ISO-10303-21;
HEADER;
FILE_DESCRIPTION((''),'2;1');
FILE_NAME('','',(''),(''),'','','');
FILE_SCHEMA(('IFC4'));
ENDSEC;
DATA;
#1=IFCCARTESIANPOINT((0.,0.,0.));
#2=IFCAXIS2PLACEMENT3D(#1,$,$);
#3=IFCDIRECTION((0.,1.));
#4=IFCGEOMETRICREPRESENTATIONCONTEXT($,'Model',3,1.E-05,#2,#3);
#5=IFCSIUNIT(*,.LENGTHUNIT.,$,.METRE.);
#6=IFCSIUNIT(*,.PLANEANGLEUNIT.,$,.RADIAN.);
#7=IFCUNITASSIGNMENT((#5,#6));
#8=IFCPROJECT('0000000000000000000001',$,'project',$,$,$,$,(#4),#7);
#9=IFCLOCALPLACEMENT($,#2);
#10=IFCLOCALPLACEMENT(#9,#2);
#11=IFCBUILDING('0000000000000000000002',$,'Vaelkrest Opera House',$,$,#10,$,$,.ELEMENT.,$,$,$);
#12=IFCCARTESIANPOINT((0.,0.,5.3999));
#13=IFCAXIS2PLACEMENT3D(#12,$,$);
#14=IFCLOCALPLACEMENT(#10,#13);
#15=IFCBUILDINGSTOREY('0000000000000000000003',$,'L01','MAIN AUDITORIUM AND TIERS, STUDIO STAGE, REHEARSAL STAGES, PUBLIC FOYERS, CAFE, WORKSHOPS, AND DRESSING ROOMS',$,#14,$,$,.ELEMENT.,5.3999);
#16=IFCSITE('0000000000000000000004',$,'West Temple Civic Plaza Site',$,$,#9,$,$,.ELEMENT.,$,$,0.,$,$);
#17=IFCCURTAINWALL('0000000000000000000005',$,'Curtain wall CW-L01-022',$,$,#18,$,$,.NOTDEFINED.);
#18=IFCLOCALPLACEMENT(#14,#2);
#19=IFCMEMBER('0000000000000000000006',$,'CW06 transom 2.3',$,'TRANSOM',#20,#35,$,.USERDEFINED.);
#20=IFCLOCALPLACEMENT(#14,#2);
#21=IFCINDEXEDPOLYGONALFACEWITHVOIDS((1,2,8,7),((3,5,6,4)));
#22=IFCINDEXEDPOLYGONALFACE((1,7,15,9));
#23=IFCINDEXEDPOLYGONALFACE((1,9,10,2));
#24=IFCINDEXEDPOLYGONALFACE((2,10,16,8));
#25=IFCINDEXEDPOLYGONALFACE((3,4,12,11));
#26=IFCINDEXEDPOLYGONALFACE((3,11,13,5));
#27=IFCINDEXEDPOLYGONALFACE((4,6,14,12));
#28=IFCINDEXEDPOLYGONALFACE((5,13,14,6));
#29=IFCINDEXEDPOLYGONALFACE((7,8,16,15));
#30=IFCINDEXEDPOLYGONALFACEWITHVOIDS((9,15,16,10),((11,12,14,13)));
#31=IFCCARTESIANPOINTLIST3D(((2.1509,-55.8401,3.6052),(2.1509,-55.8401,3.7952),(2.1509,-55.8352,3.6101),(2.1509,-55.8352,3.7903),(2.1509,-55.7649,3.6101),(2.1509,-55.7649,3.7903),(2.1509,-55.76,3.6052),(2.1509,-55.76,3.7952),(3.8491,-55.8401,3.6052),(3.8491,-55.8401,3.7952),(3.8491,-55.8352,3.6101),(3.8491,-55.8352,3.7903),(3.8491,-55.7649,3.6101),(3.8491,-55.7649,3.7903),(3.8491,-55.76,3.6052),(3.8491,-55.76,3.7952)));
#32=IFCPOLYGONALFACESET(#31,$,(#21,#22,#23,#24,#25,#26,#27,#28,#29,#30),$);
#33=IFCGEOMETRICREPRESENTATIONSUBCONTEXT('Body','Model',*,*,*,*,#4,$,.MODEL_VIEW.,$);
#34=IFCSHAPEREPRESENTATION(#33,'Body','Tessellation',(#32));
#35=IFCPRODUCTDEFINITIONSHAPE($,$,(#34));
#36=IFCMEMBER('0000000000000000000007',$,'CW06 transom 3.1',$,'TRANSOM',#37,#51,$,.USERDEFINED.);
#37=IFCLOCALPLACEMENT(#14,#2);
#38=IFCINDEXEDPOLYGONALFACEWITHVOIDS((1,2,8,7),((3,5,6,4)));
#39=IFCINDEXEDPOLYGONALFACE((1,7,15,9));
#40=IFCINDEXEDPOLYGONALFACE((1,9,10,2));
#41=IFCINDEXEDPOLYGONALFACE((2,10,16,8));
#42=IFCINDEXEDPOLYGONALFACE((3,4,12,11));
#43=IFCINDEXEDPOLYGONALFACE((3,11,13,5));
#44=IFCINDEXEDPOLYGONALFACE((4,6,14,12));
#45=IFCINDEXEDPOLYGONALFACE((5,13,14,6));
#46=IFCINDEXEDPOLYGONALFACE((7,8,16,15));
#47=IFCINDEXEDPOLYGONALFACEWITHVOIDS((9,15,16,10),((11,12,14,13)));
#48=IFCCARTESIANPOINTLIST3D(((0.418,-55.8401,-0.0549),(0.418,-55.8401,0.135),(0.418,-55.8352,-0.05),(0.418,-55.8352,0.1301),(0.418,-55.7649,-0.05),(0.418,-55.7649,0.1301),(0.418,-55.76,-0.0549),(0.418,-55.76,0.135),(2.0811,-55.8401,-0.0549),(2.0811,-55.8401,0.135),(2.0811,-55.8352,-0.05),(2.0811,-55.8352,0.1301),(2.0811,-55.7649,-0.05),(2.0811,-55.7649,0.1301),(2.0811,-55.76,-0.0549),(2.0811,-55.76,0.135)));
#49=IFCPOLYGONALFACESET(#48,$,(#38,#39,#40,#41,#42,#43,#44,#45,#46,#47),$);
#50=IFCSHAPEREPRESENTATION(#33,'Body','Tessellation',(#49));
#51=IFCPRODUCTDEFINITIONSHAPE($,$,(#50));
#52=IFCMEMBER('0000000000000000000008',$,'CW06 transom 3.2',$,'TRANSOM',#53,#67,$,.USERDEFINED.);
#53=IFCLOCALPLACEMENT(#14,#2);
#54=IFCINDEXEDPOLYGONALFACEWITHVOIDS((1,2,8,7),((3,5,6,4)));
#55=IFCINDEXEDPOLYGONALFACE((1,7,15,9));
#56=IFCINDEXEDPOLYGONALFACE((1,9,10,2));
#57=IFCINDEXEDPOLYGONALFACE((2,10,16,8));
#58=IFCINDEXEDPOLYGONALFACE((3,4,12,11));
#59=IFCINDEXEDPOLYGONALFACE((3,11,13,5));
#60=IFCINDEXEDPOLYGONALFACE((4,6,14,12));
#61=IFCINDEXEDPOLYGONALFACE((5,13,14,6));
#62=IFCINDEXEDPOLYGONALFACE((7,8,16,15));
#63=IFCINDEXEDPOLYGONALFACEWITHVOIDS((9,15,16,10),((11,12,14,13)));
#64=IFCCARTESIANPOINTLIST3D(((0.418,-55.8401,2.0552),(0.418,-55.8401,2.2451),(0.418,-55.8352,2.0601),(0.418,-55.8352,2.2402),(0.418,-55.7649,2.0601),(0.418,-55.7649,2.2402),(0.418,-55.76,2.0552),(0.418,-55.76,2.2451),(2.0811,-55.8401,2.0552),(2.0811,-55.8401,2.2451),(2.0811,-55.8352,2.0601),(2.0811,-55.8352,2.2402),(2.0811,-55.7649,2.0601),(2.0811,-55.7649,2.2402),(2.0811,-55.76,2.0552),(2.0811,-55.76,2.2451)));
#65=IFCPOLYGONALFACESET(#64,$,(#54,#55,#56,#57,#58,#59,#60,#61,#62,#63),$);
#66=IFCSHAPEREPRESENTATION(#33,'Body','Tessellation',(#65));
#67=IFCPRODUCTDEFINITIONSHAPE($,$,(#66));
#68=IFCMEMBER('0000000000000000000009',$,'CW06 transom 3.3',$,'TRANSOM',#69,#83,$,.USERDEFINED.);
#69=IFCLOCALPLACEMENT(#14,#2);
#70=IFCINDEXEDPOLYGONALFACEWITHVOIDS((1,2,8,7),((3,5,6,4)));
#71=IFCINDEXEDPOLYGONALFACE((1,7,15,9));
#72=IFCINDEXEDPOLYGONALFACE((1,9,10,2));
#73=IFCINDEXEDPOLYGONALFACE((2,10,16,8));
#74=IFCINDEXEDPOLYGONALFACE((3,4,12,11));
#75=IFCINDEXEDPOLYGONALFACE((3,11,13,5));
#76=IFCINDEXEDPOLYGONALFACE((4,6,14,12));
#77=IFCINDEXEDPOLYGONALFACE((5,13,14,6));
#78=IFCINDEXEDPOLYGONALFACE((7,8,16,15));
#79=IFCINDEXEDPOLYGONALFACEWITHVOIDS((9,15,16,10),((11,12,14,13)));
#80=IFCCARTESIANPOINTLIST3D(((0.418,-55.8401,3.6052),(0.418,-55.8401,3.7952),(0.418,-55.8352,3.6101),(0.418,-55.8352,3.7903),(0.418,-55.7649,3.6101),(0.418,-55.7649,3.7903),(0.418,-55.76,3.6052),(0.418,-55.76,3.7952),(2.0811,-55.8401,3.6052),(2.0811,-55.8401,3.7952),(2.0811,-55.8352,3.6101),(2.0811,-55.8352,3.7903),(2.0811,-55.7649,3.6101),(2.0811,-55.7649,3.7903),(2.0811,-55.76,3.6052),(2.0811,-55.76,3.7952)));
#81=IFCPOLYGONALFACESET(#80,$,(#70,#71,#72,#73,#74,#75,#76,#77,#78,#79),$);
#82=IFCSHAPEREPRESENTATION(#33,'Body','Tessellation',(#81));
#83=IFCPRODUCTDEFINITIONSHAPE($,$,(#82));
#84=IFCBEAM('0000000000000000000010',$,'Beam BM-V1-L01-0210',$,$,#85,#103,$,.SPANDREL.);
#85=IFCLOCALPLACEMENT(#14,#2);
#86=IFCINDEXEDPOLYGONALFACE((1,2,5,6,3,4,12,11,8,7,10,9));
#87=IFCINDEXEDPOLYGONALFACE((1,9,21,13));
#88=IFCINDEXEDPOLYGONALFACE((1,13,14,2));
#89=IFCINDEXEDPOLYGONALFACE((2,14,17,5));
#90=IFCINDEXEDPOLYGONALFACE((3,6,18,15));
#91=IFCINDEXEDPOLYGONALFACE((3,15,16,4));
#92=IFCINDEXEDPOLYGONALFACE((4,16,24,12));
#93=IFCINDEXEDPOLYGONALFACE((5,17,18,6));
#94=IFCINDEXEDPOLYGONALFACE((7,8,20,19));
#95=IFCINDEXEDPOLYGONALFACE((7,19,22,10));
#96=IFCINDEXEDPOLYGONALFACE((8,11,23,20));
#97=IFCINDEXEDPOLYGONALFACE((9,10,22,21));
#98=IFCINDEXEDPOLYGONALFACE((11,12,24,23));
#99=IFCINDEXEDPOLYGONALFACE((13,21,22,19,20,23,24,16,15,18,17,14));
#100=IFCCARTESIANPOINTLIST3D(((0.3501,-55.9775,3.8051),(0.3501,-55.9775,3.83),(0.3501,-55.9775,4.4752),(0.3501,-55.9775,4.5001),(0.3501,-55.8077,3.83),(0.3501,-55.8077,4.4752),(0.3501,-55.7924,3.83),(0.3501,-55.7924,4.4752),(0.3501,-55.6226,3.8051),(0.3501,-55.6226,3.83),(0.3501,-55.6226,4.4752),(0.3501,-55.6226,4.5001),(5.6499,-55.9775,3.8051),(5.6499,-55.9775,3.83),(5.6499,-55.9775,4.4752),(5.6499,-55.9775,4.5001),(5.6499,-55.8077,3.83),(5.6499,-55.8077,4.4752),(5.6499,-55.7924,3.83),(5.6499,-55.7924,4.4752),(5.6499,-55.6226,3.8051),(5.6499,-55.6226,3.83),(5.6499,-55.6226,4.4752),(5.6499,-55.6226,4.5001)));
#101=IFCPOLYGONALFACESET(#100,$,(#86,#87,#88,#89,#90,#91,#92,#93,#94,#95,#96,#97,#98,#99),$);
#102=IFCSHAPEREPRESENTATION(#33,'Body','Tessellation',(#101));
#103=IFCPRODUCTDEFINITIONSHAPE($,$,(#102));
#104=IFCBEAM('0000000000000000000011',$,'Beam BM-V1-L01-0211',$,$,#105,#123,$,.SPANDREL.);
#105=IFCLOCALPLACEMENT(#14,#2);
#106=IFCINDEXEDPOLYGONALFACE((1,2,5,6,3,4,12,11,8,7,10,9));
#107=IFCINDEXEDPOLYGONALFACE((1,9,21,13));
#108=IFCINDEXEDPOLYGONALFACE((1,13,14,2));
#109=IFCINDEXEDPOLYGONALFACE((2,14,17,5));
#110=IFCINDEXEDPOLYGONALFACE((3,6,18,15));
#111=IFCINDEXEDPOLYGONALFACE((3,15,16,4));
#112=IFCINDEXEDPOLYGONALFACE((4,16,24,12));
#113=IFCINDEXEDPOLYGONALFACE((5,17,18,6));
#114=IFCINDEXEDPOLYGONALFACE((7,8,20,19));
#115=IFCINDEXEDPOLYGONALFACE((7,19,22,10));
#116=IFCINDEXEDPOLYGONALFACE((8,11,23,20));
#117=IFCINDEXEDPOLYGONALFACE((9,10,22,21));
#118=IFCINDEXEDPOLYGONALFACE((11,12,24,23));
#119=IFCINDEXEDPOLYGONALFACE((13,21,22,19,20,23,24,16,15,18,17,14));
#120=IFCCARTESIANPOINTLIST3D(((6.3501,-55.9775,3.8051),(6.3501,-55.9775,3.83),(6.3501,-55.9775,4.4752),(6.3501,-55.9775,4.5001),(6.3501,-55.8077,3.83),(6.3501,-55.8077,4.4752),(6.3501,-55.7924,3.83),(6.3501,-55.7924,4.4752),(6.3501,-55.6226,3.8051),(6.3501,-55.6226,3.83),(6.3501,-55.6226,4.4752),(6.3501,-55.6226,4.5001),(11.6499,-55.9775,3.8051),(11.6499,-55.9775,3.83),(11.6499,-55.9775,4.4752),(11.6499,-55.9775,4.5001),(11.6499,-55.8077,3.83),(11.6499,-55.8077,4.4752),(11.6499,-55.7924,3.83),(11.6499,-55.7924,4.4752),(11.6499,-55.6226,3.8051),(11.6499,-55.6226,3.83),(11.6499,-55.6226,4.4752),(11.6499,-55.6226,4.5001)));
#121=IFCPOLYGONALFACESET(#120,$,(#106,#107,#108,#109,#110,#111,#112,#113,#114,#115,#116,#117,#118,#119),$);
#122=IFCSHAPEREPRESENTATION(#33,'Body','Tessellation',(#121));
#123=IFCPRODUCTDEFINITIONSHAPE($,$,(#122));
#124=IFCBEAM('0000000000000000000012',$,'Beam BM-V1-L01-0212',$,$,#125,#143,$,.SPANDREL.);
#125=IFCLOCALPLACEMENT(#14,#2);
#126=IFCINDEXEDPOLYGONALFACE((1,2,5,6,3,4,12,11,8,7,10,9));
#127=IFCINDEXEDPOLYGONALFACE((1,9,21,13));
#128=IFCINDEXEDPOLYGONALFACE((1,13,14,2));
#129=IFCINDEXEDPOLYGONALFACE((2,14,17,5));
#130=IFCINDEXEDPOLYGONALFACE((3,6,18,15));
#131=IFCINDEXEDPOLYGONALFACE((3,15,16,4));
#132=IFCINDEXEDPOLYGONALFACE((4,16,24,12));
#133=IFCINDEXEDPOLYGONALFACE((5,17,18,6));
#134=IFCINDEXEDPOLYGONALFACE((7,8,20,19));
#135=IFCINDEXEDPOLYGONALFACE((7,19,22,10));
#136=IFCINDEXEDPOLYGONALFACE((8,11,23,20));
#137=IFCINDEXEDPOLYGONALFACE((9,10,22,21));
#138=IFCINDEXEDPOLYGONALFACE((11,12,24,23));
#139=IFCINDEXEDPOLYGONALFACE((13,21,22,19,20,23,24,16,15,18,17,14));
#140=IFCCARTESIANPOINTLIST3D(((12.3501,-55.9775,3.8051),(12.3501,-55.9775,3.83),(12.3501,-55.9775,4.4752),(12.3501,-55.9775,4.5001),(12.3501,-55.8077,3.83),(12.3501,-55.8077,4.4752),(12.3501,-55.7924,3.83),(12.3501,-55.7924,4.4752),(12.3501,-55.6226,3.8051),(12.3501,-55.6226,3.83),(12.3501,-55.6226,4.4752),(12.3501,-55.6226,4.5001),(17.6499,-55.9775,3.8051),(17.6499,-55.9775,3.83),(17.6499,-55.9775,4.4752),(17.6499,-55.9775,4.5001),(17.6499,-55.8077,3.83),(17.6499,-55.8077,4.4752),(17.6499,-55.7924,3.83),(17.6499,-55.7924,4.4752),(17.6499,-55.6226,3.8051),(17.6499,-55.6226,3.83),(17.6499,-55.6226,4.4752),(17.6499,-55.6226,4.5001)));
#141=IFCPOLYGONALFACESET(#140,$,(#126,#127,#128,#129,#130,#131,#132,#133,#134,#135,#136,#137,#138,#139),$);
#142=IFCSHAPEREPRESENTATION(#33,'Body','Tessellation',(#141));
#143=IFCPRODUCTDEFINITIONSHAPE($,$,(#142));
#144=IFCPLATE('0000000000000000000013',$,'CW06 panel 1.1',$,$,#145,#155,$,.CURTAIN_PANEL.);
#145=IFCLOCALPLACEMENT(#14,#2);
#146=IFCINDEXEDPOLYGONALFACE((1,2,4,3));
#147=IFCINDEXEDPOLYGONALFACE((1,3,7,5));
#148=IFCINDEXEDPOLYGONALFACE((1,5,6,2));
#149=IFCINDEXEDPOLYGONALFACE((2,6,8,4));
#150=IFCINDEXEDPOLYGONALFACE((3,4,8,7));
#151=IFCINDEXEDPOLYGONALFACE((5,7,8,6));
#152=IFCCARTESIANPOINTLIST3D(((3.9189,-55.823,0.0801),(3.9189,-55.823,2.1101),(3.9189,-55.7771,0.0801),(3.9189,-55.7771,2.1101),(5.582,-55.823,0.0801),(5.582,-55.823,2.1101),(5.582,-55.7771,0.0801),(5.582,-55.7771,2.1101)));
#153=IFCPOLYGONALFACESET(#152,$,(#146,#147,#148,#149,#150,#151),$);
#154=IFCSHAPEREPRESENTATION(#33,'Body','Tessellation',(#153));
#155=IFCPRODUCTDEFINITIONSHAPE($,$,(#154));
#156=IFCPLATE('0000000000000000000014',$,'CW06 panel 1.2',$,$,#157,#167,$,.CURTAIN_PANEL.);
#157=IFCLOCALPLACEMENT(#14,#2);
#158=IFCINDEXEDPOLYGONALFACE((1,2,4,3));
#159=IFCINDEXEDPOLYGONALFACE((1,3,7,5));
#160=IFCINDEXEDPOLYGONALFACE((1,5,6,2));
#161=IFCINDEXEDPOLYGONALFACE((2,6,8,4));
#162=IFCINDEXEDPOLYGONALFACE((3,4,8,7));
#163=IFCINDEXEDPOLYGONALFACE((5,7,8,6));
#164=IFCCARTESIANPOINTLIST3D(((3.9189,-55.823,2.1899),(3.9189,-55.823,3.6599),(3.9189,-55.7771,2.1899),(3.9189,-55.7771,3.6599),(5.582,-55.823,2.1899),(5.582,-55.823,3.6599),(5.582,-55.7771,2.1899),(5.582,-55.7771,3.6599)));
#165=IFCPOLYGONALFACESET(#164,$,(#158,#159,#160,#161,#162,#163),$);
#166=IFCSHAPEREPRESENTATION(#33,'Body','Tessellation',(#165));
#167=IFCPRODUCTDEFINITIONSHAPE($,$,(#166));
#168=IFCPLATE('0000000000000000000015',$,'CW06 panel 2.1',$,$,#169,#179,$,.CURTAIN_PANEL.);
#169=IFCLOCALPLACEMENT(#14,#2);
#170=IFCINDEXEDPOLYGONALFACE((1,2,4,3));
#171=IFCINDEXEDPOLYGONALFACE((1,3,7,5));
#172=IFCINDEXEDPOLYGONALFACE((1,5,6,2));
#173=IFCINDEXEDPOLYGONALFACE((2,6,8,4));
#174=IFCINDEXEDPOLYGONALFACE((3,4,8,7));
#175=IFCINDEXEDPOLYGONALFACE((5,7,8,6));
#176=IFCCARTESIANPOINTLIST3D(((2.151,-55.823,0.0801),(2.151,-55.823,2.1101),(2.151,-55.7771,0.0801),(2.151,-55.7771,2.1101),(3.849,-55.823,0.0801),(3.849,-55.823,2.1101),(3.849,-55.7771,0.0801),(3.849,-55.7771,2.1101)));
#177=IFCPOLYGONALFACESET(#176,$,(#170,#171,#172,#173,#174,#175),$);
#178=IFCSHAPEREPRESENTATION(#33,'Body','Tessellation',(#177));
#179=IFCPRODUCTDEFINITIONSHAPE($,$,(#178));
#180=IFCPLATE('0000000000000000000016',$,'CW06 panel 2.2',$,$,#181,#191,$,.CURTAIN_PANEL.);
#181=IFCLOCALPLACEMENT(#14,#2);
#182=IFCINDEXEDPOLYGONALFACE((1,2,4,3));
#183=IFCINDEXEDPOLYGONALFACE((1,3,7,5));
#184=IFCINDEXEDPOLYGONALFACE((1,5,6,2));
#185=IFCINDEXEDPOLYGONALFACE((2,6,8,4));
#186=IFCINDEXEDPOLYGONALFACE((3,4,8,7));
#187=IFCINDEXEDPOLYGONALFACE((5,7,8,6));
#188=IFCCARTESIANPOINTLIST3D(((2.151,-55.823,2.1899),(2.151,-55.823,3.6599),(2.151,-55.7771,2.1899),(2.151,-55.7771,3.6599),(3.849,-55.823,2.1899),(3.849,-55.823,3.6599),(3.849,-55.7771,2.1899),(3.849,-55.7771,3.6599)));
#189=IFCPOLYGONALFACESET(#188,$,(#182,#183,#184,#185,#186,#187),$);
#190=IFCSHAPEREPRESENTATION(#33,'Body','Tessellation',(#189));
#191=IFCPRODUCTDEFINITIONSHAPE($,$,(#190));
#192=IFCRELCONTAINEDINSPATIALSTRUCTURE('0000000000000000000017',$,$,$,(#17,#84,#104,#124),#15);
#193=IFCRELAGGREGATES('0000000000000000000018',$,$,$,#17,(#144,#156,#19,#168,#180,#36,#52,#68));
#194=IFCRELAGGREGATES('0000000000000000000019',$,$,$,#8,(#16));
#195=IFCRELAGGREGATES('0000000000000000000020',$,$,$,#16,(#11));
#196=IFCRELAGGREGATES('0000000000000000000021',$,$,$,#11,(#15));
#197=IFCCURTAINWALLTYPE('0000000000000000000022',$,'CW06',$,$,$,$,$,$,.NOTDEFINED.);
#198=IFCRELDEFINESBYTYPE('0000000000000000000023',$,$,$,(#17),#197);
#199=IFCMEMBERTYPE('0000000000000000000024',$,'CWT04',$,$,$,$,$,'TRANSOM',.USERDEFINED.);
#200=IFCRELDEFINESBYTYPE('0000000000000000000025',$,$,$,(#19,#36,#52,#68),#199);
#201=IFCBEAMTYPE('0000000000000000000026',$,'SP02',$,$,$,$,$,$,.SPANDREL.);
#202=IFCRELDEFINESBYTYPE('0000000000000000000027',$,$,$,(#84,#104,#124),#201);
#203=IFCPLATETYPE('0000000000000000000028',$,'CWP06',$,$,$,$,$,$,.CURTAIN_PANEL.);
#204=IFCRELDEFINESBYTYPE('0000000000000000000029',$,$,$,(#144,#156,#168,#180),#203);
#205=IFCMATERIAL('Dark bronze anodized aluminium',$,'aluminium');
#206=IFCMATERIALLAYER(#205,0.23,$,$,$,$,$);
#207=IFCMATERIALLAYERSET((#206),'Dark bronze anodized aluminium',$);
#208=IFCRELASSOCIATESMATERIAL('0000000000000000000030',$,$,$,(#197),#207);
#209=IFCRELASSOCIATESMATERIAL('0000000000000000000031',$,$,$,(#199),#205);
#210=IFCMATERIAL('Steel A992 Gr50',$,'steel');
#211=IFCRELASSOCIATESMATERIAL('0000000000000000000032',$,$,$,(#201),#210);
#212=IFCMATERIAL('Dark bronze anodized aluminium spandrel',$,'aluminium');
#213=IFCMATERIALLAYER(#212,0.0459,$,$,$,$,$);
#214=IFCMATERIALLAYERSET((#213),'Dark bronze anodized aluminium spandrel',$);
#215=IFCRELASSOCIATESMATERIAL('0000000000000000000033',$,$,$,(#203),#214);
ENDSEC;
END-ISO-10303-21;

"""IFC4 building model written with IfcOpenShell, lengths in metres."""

from ifc_helpers import new_model, si_unit, direction, frame, origin, origin_2d, place, context, subcontext, project, spatial, rectangle, hollow_rectangle, i_section, extrude, material, layer, layer_set, material_profile, profile_set, type_object, element, aggregate, save


model = new_model("IFC4")

# Units and contexts
model_context = context("Model", 3, precision=1e-05, world=origin(), true_north=direction((0.0, 1.0)))
body_context = subcontext(model_context, "Body", "Model", "MODEL_VIEW")
ifc_project = project(units=[si_unit("LENGTHUNIT", "METRE"), si_unit("PLANEANGLEUNIT", "RADIAN")], contexts=[model_context])

# Site, building, storey
site_placement = place(None, origin())
site = spatial("IfcSite", under=ifc_project, at=site_placement, Name="West Temple Civic Plaza Site", CompositionType="ELEMENT", RefElevation=0.0)
building_placement = place(site_placement, origin())
building = spatial("IfcBuilding", under=site, at=building_placement, Name="Vaelkrest Opera House", CompositionType="ELEMENT")
storey_placement = place(building_placement, frame((0.0, 0.0, 5.3999)))
storey = spatial("IfcBuildingStorey", under=building, at=storey_placement, Name="L01", Description="MAIN AUDITORIUM AND TIERS, STUDIO STAGE, REHEARSAL STAGES, PUBLIC FOYERS, CAFE, WORKSHOPS, AND DRESSING ROOMS", CompositionType="ELEMENT", Elevation=5.3999)

# Curtain wall, members
ifc_material_1 = material(Name="Dark bronze anodized aluminium", Category="aluminium")
ifc_layer_1 = layer(ifc_material_1, 0.23)
ifc_layer_set_1 = layer_set([ifc_layer_1], Name="Dark bronze anodized aluminium")
curtain_wall_type = type_object("IfcCurtainWallType", Name="CW06", PredefinedType="NOTDEFINED", material=ifc_layer_set_1)
curtain_wall_placement = place(storey_placement, origin())
curtain_wall = element("IfcCurtainWall", 1, at=curtain_wall_placement, inside=storey, type_object=curtain_wall_type, Name="Curtain wall CW-L01-022", PredefinedType="NOTDEFINED")
ifc_material_profile_1 = material_profile(ifc_material_1, hollow_rectangle(XDim=0.0801, YDim=0.1899, WallThickness=0.0049, at=origin_2d()), Name="CWT80X190")
ifc_profile_set_1 = profile_set([ifc_material_profile_1], Name="Dark bronze anodized aluminium")
member_type_1 = type_object("IfcMemberType", Name="CWT04", ElementType="TRANSOM", PredefinedType="USERDEFINED", material=ifc_profile_set_1)
member_1_placement = place(storey_placement, frame((3.8491, -55.8, 3.7002), z_axis=(-1.0, 0.0, 0.0), x_axis=(0.0, -1.0, 0.0)))
member_1 = element("IfcMember", 2, at=member_1_placement, type_object=member_type_1, Name="CW06 transom 2.3", ObjectType="TRANSOM", PredefinedType="USERDEFINED", context=body_context, shape_type="SweptSolid", body=[
    extrude(hollow_rectangle(XDim=0.0801, YDim=0.1899, WallThickness=0.0049, at=origin_2d()), origin(), (0.0, 0.0, 1.0), 1.6982),
])
member_2_placement = place(storey_placement, frame((2.0811, -55.8, 0.04), z_axis=(-1.0, 0.0, 0.0), x_axis=(0.0, -1.0, 0.0)))
member_2 = element("IfcMember", 3, at=member_2_placement, type_object=member_type_1, Name="CW06 transom 3.1", ObjectType="TRANSOM", PredefinedType="USERDEFINED", context=body_context, shape_type="SweptSolid", body=[
    extrude(hollow_rectangle(XDim=0.0801, YDim=0.1899, WallThickness=0.0049, at=origin_2d()), origin(), (0.0, 0.0, 1.0), 1.6631),
])
member_3_placement = place(storey_placement, frame((2.0811, -55.8, 2.1501), z_axis=(-1.0, 0.0, 0.0), x_axis=(0.0, -1.0, 0.0)))
member_3 = element("IfcMember", 4, at=member_3_placement, type_object=member_type_1, Name="CW06 transom 3.2", ObjectType="TRANSOM", PredefinedType="USERDEFINED", context=body_context, shape_type="SweptSolid", body=[
    extrude(hollow_rectangle(XDim=0.0801, YDim=0.1899, WallThickness=0.0049, at=origin_2d()), origin(), (0.0, 0.0, 1.0), 1.6631),
])
member_4_placement = place(storey_placement, frame((2.0811, -55.8, 3.7002), z_axis=(-1.0, 0.0, 0.0), x_axis=(0.0, -1.0, 0.0)))
member_4 = element("IfcMember", 5, at=member_4_placement, type_object=member_type_1, Name="CW06 transom 3.3", ObjectType="TRANSOM", PredefinedType="USERDEFINED", context=body_context, shape_type="SweptSolid", body=[
    extrude(hollow_rectangle(XDim=0.0801, YDim=0.1899, WallThickness=0.0049, at=origin_2d()), origin(), (0.0, 0.0, 1.0), 1.6631),
])

# Beams
ifc_material_2 = material(Name="Steel A992 Gr50", Category="steel")
ifc_material_profile_2 = material_profile(ifc_material_2, i_section(OverallWidth=0.355, OverallDepth=0.6951, WebThickness=0.0154, FlangeThickness=0.0249, at=origin_2d()), Name="W27X146")
ifc_profile_set_2 = profile_set([ifc_material_profile_2], Name="Steel A992 Gr50")
beam_type = type_object("IfcBeamType", Name="SP02", PredefinedType="SPANDREL", material=ifc_profile_set_2)
for number, where, z_axis, x_axis, name in (
    (6, (0.3501, -55.8, 4.1526), (1.0, 0.0, 0.0), (0.0, 1.0, 0.0), "Beam BM-V1-L01-0210"),
    (7, (6.3501, -55.8, 4.1526), (1.0, 0.0, 0.0), (0.0, 1.0, 0.0), "Beam BM-V1-L01-0211"),
    (8, (12.3501, -55.8, 4.1526), (1.0, 0.0, 0.0), (0.0, 1.0, 0.0), "Beam BM-V1-L01-0212"),
):
    element("IfcBeam", number, at=place(storey_placement, frame(where, z_axis=z_axis, x_axis=x_axis)), inside=storey, type_object=beam_type, Name=name, PredefinedType="SPANDREL", context=body_context, shape_type="SweptSolid", body=[
        extrude(i_section(OverallWidth=0.355, OverallDepth=0.6951, WebThickness=0.0154, FlangeThickness=0.0249, at=origin_2d()), origin(), (0.0, 0.0, 1.0), 5.2998),
    ])

# Plates
ifc_material_3 = material(Name="Dark bronze anodized aluminium spandrel", Category="aluminium")
ifc_layer_2 = layer(ifc_material_3, 0.0459)
ifc_layer_set_2 = layer_set([ifc_layer_2], Name="Dark bronze anodized aluminium spandrel")
plate_type = type_object("IfcPlateType", Name="CWP06", PredefinedType="CURTAIN_PANEL", material=ifc_layer_set_2)
plate_1_placement = place(storey_placement, frame((4.7505, -55.8, 0.0801), z_axis=(0.0, 0.0, 1.0), x_axis=(-1.0, 0.0, 0.0)))
plate_1 = element("IfcPlate", 9, at=plate_1_placement, type_object=plate_type, Name="CW06 panel 1.1", PredefinedType="CURTAIN_PANEL", context=body_context, shape_type="SweptSolid", body=[
    extrude(rectangle(XDim=1.6631, YDim=0.0459, at=origin_2d()), origin(), (0.0, 0.0, 1.0), 2.03),
])
plate_2_placement = place(storey_placement, frame((4.7505, -55.8, 2.1899), z_axis=(0.0, 0.0, 1.0), x_axis=(-1.0, 0.0, 0.0)))
plate_2 = element("IfcPlate", 10, at=plate_2_placement, type_object=plate_type, Name="CW06 panel 1.2", PredefinedType="CURTAIN_PANEL", context=body_context, shape_type="SweptSolid", body=[
    extrude(rectangle(XDim=1.6631, YDim=0.0459, at=origin_2d()), origin(), (0.0, 0.0, 1.0), 1.47),
])
plate_3_placement = place(storey_placement, frame((3.0, -55.8, 0.0801), z_axis=(0.0, 0.0, 1.0), x_axis=(-1.0, 0.0, 0.0)))
plate_3 = element("IfcPlate", 11, at=plate_3_placement, type_object=plate_type, Name="CW06 panel 2.1", PredefinedType="CURTAIN_PANEL", context=body_context, shape_type="SweptSolid", body=[
    extrude(rectangle(XDim=1.698, YDim=0.0459, at=origin_2d()), origin(), (0.0, 0.0, 1.0), 2.03),
])
plate_4_placement = place(storey_placement, frame((3.0, -55.8, 2.1899), z_axis=(0.0, 0.0, 1.0), x_axis=(-1.0, 0.0, 0.0)))
plate_4 = element("IfcPlate", 12, at=plate_4_placement, type_object=plate_type, Name="CW06 panel 2.2", PredefinedType="CURTAIN_PANEL", context=body_context, shape_type="SweptSolid", body=[
    extrude(rectangle(XDim=1.698, YDim=0.0459, at=origin_2d()), origin(), (0.0, 0.0, 1.0), 1.47),
])
aggregate(curtain_wall, [plate_1, plate_2, member_1, plate_3, plate_4, member_2, member_3, member_4])

save(model, "model.ifc")
